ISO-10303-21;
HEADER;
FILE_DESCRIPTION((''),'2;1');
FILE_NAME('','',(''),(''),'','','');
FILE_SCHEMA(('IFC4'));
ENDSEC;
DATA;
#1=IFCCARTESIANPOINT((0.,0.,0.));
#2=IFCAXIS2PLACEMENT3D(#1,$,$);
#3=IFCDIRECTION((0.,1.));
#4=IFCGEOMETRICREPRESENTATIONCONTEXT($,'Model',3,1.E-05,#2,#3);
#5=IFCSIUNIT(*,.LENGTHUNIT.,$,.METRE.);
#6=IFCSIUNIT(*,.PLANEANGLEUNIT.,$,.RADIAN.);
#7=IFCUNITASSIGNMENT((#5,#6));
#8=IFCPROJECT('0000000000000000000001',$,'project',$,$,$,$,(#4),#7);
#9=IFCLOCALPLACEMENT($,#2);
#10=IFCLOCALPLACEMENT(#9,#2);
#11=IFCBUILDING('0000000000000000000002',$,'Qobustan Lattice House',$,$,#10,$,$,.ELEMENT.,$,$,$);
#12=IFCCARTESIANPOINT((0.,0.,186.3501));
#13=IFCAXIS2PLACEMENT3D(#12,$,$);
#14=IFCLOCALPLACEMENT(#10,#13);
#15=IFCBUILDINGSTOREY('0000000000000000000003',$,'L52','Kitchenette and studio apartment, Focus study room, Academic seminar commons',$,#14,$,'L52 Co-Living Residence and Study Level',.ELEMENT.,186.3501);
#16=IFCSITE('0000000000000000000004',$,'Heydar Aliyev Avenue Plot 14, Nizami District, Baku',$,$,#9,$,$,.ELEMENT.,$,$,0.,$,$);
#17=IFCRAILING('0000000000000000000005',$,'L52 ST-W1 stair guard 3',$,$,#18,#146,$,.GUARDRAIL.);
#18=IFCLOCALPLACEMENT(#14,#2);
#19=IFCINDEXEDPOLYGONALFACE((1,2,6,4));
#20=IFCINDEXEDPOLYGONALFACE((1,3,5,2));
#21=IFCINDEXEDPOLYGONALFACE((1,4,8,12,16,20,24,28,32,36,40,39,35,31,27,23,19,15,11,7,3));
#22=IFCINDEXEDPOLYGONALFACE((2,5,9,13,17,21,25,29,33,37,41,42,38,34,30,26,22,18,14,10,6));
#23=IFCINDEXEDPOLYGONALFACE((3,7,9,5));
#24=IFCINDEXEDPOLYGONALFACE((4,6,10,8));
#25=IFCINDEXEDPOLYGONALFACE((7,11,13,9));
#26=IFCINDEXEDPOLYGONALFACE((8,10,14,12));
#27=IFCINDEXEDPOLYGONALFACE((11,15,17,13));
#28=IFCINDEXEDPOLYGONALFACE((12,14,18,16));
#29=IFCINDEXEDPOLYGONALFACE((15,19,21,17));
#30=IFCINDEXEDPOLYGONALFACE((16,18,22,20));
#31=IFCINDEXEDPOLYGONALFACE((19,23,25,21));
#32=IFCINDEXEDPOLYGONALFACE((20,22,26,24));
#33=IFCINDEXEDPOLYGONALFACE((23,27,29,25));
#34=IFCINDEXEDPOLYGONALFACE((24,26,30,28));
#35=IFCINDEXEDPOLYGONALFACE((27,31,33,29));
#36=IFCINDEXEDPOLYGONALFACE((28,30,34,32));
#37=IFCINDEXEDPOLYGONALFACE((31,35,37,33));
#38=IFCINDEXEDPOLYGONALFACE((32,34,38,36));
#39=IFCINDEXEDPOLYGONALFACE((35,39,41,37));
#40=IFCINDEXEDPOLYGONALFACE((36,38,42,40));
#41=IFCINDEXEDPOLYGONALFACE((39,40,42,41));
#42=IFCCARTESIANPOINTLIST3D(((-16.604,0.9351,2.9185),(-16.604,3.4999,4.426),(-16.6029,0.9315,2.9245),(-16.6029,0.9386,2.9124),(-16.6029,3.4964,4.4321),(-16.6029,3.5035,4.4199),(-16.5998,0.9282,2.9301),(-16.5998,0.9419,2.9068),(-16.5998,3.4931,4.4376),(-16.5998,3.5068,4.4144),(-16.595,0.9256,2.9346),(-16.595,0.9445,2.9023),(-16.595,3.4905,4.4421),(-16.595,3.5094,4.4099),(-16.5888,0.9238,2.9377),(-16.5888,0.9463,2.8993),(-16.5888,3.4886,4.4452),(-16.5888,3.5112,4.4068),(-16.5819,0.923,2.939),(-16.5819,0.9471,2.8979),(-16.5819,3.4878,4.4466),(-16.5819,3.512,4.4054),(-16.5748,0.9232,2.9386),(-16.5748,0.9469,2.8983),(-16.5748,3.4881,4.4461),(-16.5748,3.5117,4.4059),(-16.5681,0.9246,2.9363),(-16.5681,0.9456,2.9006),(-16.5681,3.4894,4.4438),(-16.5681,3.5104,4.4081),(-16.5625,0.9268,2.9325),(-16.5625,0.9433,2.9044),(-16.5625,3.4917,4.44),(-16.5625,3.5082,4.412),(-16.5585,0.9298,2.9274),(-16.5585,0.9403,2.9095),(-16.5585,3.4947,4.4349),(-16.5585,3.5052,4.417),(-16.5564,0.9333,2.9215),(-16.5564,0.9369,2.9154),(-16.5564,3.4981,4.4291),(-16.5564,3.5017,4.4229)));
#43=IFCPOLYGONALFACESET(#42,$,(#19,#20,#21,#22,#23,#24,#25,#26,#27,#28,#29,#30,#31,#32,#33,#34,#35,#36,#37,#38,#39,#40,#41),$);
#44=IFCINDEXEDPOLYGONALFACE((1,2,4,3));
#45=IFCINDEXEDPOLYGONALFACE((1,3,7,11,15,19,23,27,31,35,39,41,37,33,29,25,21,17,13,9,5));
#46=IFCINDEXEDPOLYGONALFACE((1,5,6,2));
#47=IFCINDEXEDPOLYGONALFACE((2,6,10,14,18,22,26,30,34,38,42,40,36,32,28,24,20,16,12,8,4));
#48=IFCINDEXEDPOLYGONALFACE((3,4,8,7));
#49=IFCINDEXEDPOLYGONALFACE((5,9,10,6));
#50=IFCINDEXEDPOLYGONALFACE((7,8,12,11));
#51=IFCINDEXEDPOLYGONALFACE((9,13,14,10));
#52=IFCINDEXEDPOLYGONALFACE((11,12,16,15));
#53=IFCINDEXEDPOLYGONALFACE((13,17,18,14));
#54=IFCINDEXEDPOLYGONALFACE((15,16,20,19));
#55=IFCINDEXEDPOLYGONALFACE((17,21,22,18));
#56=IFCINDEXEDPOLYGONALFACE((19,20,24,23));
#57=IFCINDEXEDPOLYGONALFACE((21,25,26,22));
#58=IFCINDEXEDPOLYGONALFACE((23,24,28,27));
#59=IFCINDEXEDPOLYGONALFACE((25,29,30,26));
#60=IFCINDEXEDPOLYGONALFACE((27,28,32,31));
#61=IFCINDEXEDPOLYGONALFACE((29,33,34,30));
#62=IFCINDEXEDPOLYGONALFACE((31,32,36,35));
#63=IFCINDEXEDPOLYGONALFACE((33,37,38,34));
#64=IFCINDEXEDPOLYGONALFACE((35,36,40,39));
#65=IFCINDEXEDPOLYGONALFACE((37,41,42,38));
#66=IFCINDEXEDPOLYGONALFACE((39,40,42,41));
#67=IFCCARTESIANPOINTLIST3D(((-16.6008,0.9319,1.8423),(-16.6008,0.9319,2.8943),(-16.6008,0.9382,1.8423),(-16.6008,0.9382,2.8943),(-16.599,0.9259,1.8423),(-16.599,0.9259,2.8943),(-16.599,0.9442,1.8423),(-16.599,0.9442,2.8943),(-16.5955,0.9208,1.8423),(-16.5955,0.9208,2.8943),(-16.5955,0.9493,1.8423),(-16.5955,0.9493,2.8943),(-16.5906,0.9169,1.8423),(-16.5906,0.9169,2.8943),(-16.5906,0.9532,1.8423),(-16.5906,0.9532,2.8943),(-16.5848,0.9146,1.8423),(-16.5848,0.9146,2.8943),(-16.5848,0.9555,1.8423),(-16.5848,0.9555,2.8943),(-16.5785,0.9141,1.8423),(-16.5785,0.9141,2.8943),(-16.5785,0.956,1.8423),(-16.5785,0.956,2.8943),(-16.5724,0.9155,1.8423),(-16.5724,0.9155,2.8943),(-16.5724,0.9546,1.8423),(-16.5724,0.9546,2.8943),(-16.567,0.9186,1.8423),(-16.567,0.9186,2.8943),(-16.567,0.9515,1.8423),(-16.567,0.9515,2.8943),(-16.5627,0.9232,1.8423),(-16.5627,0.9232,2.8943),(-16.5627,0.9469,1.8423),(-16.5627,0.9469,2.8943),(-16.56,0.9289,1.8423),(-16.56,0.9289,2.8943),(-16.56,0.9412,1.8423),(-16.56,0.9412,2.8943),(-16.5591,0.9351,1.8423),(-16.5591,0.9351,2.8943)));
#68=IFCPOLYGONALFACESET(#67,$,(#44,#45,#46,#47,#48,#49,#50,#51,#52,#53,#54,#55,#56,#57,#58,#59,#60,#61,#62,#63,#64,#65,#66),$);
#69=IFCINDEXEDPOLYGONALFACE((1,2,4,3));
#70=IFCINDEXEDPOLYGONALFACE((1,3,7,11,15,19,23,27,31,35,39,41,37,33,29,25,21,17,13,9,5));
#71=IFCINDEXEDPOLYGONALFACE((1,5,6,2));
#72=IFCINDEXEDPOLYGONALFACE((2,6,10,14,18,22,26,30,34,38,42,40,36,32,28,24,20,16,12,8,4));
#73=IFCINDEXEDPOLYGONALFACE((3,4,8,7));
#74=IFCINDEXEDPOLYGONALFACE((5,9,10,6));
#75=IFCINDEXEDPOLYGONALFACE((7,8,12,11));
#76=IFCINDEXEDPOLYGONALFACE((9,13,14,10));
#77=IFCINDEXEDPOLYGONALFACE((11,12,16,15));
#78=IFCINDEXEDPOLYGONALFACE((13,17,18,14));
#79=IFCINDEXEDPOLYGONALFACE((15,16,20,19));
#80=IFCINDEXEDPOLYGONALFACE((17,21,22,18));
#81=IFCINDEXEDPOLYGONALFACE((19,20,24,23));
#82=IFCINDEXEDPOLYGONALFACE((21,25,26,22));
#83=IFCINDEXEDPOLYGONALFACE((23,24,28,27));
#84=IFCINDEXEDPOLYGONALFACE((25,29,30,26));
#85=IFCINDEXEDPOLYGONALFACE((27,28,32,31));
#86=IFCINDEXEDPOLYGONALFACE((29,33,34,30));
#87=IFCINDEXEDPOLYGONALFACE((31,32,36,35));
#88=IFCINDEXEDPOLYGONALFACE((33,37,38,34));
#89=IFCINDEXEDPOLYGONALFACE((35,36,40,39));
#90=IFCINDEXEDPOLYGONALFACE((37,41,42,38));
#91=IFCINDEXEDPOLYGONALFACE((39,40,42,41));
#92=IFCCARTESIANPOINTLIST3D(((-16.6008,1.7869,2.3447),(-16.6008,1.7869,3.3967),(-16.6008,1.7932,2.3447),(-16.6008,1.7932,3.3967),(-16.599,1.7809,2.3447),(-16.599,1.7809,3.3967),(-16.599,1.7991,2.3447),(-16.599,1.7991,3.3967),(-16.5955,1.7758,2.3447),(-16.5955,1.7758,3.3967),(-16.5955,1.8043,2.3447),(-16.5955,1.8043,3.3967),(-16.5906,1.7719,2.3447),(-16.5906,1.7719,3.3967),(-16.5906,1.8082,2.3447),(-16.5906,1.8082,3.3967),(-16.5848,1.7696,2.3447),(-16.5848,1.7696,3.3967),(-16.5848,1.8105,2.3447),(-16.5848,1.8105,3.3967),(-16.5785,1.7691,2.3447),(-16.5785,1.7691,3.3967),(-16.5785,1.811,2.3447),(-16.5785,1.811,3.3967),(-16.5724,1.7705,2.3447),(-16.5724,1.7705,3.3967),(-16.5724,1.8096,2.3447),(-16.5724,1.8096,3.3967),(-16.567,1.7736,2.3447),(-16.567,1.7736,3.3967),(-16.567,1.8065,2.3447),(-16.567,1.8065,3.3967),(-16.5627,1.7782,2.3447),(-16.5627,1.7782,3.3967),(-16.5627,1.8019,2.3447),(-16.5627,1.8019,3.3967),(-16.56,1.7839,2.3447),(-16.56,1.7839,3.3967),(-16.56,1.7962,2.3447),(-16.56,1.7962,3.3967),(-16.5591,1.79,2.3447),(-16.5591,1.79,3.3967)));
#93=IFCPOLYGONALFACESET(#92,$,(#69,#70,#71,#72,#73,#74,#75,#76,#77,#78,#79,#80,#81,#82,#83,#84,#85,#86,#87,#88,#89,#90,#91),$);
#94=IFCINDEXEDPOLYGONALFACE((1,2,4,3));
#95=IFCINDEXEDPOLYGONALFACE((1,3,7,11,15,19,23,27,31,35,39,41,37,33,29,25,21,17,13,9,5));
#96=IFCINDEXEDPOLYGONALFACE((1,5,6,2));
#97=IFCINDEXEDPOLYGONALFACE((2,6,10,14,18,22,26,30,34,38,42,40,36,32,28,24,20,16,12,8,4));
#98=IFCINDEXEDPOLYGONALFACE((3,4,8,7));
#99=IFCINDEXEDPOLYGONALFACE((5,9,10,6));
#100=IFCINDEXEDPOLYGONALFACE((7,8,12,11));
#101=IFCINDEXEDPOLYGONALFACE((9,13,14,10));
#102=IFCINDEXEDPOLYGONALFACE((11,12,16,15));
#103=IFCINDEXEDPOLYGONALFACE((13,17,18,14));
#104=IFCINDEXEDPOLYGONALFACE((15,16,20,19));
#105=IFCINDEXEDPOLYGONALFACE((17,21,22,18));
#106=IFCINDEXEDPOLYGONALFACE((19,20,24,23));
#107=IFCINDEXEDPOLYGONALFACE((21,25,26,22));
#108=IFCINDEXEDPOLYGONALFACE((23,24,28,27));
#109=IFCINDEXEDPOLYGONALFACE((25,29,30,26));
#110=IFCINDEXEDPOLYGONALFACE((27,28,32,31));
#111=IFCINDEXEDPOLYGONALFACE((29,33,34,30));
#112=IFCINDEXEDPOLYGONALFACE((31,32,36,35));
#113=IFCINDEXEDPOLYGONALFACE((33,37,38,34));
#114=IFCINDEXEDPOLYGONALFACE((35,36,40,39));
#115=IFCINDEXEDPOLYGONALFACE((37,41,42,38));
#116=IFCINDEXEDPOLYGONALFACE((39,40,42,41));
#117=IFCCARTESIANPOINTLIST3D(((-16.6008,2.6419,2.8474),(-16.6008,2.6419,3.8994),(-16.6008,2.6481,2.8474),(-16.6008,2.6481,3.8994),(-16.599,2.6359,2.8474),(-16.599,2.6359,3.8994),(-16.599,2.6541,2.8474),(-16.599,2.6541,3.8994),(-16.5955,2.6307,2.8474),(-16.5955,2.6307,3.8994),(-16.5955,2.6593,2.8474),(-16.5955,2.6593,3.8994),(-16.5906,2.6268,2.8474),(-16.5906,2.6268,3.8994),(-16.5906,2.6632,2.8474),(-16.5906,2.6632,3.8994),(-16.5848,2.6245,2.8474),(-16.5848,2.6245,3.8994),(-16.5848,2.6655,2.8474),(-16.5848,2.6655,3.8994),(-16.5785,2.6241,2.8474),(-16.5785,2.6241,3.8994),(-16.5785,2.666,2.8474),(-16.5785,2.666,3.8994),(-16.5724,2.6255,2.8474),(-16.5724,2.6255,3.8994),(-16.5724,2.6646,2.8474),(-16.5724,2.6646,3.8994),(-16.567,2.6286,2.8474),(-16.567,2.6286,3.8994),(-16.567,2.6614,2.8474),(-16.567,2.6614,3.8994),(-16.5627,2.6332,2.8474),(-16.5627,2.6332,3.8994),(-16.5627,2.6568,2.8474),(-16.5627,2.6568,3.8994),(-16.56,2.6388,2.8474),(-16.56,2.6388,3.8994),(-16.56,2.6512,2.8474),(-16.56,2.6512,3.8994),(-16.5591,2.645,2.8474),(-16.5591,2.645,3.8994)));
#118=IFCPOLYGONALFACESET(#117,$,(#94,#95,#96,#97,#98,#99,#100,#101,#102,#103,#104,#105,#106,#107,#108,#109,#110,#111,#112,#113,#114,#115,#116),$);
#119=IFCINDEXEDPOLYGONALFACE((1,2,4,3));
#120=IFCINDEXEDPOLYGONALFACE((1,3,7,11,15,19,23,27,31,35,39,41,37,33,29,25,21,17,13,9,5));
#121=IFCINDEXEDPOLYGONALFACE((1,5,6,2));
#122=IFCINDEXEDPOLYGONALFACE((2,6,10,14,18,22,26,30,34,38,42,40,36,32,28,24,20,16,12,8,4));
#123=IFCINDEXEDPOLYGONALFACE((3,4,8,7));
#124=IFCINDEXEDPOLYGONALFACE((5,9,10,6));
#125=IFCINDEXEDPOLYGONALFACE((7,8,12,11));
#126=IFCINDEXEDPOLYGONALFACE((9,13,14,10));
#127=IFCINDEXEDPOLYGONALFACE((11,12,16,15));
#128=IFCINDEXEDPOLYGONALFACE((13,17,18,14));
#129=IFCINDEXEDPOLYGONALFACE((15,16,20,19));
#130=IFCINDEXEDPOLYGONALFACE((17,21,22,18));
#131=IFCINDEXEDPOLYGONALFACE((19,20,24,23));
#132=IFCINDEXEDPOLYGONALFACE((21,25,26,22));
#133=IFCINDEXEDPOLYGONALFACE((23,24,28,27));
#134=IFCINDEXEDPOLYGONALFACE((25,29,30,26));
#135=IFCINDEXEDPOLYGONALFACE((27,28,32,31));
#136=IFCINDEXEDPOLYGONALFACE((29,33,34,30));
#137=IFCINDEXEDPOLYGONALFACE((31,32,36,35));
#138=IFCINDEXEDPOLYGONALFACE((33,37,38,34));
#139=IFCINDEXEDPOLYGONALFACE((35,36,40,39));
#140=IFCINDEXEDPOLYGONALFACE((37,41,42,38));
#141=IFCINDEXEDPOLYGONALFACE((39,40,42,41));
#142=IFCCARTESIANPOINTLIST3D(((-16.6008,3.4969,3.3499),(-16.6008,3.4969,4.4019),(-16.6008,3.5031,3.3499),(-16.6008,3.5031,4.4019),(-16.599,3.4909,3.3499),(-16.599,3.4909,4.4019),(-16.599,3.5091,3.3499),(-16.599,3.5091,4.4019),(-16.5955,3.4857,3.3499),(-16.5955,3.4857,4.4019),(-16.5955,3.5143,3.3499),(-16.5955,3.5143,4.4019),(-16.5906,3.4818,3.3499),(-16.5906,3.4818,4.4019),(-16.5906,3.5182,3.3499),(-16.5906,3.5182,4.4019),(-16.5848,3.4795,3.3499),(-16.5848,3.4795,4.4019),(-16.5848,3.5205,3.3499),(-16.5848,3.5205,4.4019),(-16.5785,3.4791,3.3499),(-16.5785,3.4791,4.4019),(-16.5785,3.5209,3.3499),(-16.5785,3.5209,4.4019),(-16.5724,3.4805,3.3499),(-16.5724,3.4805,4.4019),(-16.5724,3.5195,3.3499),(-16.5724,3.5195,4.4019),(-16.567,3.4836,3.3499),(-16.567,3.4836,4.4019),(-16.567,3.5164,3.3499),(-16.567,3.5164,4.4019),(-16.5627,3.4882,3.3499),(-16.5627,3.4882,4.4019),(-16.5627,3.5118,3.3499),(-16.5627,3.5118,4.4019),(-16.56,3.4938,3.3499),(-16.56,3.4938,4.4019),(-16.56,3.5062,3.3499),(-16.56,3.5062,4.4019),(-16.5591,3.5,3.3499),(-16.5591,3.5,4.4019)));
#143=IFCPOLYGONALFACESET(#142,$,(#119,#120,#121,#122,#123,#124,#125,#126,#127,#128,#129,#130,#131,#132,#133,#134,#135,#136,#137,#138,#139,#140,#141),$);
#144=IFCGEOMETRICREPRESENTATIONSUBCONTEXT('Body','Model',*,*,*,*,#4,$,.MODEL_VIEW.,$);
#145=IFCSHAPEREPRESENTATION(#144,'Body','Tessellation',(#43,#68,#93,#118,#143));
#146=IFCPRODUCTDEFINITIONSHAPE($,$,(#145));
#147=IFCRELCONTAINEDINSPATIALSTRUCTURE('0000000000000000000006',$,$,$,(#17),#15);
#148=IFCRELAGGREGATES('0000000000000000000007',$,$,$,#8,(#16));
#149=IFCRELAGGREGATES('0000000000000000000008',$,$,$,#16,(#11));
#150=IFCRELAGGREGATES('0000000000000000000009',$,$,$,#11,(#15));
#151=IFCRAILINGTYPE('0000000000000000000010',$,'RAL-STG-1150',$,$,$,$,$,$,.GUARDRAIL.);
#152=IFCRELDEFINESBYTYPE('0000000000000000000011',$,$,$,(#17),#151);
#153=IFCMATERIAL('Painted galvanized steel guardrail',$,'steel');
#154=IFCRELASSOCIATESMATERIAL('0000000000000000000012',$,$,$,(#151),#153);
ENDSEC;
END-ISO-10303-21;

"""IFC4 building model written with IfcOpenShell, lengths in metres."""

from ifc_helpers import new_model, si_unit, direction, frame, origin, origin_2d, place, context, subcontext, project, spatial, circle, extrude, material, type_object, element, save


model = new_model("IFC4")

# Units and contexts
model_context = context("Model", 3, precision=1e-05, world=origin(), true_north=direction((0.0, 1.0)))
body_context = subcontext(model_context, "Body", "Model", "MODEL_VIEW")
ifc_project = project(units=[si_unit("LENGTHUNIT", "METRE"), si_unit("PLANEANGLEUNIT", "RADIAN")], contexts=[model_context])

# Site, building, storey
site_placement = place(None, origin())
site = spatial("IfcSite", under=ifc_project, at=site_placement, Name="Heydar Aliyev Avenue Plot 14, Nizami District, Baku", CompositionType="ELEMENT", RefElevation=0.0)
building_placement = place(site_placement, origin())
building = spatial("IfcBuilding", under=site, at=building_placement, Name="Qobustan Lattice House", CompositionType="ELEMENT")
storey_placement = place(building_placement, frame((0.0, 0.0, 186.3501)))
storey = spatial("IfcBuildingStorey", under=building, at=storey_placement, Name="L52", Description="Kitchenette and studio apartment, Focus study room, Academic seminar commons", LongName="L52 Co-Living Residence and Study Level", CompositionType="ELEMENT", Elevation=186.3501)

# Railing
ifc_material_1 = material(Name="Painted galvanized steel guardrail", Category="steel")
railing_type_1 = type_object("IfcRailingType", Name="RAL-STG-1150", PredefinedType="GUARDRAIL", material=ifc_material_1)
railing_1_placement = place(storey_placement, frame((-16.5801, 0.9351, 1.8423)))
element("IfcRailing", 1, at=railing_1_placement, inside=storey, type_object=railing_type_1, Name="L52 ST-W1 stair guard 3", PredefinedType="GUARDRAIL", context=body_context, shape_type="SweptSolid", body=[
    extrude(circle(Radius=0.0239, at=origin_2d()), frame((0.0, 0.0, 1.0762), z_axis=(0.0, 0.862113, 0.506715), x_axis=(-1.0, 0.0, 0.0)), (0.0, 0.0, 1.0), 2.9751),
    extrude(circle(Radius=0.021, at=origin_2d()), origin(), (0.0, 0.0, 1.0), 1.052),
    extrude(circle(Radius=0.021, at=origin_2d()), frame((0.0, 0.855, 0.5024)), (0.0, 0.0, 1.0), 1.052),
    extrude(circle(Radius=0.021, at=origin_2d()), frame((0.0, 1.71, 1.0051)), (0.0, 0.0, 1.0), 1.052),
    extrude(circle(Radius=0.021, at=origin_2d()), frame((0.0, 2.5649, 1.5076)), (0.0, 0.0, 1.0), 1.052),
])

save(model, "model.ifc")
